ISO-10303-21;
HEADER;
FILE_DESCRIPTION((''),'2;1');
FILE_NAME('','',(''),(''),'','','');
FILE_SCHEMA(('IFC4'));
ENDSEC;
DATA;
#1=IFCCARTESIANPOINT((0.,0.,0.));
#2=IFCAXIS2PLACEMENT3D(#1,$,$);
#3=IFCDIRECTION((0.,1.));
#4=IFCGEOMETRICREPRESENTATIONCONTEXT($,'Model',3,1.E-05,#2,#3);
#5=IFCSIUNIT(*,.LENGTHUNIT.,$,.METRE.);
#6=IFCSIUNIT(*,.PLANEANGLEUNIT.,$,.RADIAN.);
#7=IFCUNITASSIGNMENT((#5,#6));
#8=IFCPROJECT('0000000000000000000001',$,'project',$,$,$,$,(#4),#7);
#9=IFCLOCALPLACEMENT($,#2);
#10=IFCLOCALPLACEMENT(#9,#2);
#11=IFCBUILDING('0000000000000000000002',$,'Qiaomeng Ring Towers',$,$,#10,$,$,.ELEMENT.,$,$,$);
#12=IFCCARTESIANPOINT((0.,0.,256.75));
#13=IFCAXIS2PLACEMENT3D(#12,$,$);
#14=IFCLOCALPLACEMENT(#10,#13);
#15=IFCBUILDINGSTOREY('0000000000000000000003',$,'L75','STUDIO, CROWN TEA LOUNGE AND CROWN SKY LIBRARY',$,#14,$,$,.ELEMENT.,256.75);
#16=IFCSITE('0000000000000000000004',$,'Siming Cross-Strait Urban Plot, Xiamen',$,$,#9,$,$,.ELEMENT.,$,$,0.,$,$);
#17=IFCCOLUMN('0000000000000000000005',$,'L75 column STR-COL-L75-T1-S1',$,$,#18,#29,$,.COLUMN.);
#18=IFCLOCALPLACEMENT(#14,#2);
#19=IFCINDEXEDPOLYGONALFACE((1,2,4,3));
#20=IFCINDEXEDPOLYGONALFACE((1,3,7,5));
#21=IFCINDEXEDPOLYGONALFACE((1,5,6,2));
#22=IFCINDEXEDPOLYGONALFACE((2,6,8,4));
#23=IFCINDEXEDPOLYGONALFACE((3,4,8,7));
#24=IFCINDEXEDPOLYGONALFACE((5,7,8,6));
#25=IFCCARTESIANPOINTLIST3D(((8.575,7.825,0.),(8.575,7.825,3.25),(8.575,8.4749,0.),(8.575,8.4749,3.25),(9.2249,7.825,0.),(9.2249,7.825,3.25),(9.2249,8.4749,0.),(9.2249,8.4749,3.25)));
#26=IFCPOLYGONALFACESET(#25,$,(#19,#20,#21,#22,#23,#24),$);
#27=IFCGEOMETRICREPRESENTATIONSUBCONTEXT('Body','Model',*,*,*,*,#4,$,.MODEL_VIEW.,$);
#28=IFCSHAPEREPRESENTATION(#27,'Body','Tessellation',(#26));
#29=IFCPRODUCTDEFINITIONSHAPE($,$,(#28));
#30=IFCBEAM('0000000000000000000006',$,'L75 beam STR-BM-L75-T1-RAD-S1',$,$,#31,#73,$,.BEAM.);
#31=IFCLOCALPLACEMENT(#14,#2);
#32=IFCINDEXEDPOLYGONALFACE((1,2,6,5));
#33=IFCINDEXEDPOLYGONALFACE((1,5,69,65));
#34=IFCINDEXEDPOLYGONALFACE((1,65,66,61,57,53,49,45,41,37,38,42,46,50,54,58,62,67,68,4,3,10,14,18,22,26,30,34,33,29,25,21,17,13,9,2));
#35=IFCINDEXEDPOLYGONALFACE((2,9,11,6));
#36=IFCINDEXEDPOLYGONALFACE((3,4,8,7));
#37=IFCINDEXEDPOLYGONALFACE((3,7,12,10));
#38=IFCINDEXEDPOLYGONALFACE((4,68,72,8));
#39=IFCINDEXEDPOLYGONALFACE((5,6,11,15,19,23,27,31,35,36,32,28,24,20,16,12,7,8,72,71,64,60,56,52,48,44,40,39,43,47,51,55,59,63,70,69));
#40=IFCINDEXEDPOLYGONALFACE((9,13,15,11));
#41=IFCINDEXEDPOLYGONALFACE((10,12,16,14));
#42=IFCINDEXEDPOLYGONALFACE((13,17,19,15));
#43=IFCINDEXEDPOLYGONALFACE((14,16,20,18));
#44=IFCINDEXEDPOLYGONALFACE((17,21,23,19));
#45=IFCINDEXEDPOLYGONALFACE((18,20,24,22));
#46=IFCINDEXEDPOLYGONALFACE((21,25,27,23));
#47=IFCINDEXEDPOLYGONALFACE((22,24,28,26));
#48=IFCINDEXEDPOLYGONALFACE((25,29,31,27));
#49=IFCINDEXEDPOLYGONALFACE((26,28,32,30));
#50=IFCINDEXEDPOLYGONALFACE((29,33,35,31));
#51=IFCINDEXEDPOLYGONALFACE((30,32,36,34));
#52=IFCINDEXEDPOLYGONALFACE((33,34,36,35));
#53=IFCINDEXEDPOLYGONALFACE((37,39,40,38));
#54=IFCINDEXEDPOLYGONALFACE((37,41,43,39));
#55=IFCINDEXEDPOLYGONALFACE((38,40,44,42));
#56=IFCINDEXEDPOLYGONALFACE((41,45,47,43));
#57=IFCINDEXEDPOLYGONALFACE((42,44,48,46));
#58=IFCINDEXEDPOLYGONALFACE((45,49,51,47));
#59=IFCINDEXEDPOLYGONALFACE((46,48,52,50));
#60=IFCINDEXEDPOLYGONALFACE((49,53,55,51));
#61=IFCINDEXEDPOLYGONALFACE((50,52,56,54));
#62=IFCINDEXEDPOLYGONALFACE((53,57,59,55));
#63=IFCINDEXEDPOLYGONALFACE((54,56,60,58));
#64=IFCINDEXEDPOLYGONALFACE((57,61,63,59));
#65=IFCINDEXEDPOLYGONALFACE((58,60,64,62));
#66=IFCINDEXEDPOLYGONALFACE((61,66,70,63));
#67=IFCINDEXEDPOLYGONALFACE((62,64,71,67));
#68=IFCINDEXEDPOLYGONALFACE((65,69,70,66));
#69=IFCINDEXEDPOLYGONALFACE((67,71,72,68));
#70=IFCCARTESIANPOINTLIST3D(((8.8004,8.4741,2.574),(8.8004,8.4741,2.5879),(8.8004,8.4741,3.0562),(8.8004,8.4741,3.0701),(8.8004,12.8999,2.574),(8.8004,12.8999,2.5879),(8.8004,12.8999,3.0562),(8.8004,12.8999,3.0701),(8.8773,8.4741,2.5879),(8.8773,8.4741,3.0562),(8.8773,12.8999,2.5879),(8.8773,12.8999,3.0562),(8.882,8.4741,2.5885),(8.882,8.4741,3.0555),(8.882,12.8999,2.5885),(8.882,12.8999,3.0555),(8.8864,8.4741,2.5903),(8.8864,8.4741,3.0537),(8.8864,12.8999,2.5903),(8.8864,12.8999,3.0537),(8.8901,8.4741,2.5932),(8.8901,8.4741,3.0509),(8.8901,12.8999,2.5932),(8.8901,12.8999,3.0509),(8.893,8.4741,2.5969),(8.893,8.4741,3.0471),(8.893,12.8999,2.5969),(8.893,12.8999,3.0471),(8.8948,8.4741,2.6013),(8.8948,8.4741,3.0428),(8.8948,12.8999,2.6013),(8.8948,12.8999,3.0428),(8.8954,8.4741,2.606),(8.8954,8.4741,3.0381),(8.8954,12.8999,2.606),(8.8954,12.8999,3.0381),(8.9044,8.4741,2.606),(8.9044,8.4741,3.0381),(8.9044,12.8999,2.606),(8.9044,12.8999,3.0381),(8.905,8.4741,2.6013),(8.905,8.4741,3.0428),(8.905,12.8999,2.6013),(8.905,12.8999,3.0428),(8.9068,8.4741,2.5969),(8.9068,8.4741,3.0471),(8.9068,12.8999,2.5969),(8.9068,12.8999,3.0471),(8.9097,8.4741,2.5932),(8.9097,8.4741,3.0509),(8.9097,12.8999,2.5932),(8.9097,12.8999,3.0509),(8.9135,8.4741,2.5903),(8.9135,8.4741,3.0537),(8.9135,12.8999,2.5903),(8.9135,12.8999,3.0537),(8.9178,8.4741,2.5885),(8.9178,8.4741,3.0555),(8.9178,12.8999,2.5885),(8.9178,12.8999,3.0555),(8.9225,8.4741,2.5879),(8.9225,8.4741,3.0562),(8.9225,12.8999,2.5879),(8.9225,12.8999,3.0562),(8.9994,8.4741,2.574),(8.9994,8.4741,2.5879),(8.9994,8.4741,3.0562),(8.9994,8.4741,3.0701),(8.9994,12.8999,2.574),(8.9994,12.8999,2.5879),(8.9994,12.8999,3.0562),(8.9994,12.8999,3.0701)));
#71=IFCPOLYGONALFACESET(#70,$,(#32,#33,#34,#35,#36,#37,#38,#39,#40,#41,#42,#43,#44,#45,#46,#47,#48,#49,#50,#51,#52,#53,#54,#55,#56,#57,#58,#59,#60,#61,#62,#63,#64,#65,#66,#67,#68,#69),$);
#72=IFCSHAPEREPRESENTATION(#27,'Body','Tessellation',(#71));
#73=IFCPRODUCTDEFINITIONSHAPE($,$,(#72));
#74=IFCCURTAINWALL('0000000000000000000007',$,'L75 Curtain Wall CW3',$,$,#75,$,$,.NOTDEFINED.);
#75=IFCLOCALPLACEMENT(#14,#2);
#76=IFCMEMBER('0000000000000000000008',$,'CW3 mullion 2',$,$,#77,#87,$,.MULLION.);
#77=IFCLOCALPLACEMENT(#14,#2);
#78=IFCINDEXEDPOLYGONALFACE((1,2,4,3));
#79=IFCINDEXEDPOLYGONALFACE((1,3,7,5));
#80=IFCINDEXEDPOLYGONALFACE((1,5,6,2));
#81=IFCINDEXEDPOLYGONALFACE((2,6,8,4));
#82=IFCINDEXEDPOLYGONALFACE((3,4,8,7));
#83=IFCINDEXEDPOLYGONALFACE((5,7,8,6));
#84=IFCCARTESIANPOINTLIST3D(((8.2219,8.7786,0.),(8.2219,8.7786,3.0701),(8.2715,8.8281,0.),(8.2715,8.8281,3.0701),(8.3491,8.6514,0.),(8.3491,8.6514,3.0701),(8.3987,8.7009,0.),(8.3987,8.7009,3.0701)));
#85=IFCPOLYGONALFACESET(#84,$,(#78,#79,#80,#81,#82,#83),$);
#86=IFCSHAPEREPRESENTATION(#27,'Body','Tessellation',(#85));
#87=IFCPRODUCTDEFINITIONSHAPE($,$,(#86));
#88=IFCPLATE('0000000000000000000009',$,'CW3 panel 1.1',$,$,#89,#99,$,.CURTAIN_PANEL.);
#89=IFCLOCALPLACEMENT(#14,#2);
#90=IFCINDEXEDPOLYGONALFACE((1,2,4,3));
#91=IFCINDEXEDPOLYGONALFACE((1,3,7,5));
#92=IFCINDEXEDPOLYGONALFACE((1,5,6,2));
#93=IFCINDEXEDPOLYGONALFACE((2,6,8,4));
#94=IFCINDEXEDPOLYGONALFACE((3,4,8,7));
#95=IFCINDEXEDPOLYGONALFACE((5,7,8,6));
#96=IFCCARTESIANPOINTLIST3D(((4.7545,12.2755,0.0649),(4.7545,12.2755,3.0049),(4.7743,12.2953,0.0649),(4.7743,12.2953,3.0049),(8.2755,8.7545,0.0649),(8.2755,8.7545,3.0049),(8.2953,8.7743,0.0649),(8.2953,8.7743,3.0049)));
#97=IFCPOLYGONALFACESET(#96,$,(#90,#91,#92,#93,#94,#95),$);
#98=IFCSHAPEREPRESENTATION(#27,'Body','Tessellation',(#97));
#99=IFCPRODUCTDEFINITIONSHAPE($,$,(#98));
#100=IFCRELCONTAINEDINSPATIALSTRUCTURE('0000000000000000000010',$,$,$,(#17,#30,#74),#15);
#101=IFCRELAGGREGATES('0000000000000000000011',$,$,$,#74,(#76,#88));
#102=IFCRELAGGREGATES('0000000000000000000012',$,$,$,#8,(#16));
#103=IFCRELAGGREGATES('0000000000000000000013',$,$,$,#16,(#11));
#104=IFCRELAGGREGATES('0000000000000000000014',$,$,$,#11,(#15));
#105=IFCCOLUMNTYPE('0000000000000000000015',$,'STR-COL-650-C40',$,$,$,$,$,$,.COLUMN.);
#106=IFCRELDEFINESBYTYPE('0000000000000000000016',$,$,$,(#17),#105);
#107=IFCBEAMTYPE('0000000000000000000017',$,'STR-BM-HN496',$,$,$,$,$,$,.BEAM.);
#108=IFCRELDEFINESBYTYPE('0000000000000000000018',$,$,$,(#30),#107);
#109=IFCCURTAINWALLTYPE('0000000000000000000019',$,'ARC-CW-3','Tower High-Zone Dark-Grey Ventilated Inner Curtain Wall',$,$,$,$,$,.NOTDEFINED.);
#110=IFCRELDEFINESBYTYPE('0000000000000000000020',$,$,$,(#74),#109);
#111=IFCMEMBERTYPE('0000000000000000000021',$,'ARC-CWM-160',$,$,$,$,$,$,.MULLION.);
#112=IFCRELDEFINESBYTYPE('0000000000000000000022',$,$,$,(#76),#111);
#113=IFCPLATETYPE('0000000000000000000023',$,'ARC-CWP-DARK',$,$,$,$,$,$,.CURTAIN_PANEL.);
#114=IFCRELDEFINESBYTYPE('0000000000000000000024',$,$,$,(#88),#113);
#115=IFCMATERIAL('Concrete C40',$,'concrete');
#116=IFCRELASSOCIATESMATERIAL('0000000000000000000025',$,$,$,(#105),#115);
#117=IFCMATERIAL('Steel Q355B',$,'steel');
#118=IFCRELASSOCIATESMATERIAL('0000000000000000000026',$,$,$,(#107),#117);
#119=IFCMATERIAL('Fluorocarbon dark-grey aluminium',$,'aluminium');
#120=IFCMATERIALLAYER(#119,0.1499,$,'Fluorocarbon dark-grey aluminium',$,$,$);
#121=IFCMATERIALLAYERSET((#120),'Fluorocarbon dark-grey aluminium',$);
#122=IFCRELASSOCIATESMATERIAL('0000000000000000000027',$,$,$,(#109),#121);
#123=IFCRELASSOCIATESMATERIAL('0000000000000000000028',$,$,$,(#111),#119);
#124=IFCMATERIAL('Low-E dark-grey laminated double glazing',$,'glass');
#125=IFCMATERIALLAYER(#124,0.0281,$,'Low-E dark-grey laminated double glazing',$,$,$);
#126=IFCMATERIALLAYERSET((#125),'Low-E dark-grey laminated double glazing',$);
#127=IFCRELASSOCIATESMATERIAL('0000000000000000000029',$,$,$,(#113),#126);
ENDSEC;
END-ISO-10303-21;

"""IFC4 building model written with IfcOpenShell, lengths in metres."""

from ifc_helpers import new_model, si_unit, direction, frame, origin, origin_2d, place, context, subcontext, project, spatial, rectangle, i_section, extrude, source, transform, mapped, material, layer, layer_set, material_profile, profile_set, type_object, element, aggregate, save


model = new_model("IFC4")

# Units and contexts
model_context = context("Model", 3, precision=1e-05, world=origin(), true_north=direction((0.0, 1.0)))
body_context = subcontext(model_context, "Body", "Model", "MODEL_VIEW")
ifc_project = project(units=[si_unit("LENGTHUNIT", "METRE"), si_unit("PLANEANGLEUNIT", "RADIAN")], contexts=[model_context])

# Site, building, storey
site_placement = place(None, origin())
site = spatial("IfcSite", under=ifc_project, at=site_placement, Name="Siming Cross-Strait Urban Plot, Xiamen", CompositionType="ELEMENT", RefElevation=0.0)
building_placement = place(site_placement, origin())
building = spatial("IfcBuilding", under=site, at=building_placement, Name="Qiaomeng Ring Towers", CompositionType="ELEMENT")
storey_placement = place(building_placement, frame((0.0, 0.0, 256.75)))
storey = spatial("IfcBuildingStorey", under=building, at=storey_placement, Name="L75", Description="STUDIO, CROWN TEA LOUNGE AND CROWN SKY LIBRARY", CompositionType="ELEMENT", Elevation=256.75)

# Column
ifc_material_1 = material(Name="Concrete C40", Category="concrete")
ifc_material_profile_1 = material_profile(ifc_material_1, rectangle(XDim=0.6499, YDim=0.6499, at=origin_2d()), Name="RC COL 650x650")
ifc_profile_set_1 = profile_set([ifc_material_profile_1], Name="Concrete C40")
column_type = type_object("IfcColumnType", Name="STR-COL-650-C40", PredefinedType="COLUMN", material=ifc_profile_set_1)
shared_shape_1 = source(origin(), body_context, "Body", "SweptSolid", [
    extrude(rectangle(XDim=0.6499, YDim=0.6499, at=origin_2d()), origin(), (0.0, 0.0, 1.0), 3.25),
])
column_placement = place(storey_placement, frame((8.8999, 8.1499, 0.0), z_axis=(0.0, 0.0, 1.0), x_axis=(1.0, 0.0, 0.0)))
element("IfcColumn", 1, at=column_placement, inside=storey, type_object=column_type, Name="L75 column STR-COL-L75-T1-S1", PredefinedType="COLUMN", context=body_context, shape_type="MappedRepresentation", body=[
    mapped(shared_shape_1, transform((0.0, 0.0, 0.0), x_axis=(1.0, 0.0, 0.0), y_axis=(0.0, 1.0, 0.0), z_axis=(0.0, 0.0, 1.0), scale=1.0)),
])

# Beam
ifc_material_2 = material(Name="Steel Q355B", Category="steel")
ifc_material_profile_2 = material_profile(ifc_material_2, i_section(OverallWidth=0.199, OverallDepth=0.4961, WebThickness=0.009, FlangeThickness=0.0139, FilletRadius=0.0181, at=origin_2d()), Name="HN 496x199x9x14")
ifc_profile_set_2 = profile_set([ifc_material_profile_2], Name="Steel Q355B")
beam_type = type_object("IfcBeamType", Name="STR-BM-HN496", PredefinedType="BEAM", material=ifc_profile_set_2)
shared_shape_2 = source(origin(), body_context, "Body", "SweptSolid", [
    extrude(i_section(OverallWidth=0.199, OverallDepth=0.4961, WebThickness=0.009, FlangeThickness=0.0139, FilletRadius=0.0181, at=origin_2d()), origin(), (0.0, 0.0, 1.0), 4.4258),
])
beam_placement = place(storey_placement, frame((8.8999, 8.4741, 2.822), z_axis=(0.0, 1.0, 0.0), x_axis=(-1.0, 0.0, 0.0)))
element("IfcBeam", 2, at=beam_placement, inside=storey, type_object=beam_type, Name="L75 beam STR-BM-L75-T1-RAD-S1", PredefinedType="BEAM", context=body_context, shape_type="MappedRepresentation", body=[
    mapped(shared_shape_2, transform((0.0, 0.0, 0.0), x_axis=(1.0, 0.0, 0.0), y_axis=(0.0, 1.0, 0.0), z_axis=(0.0, 0.0, 1.0), scale=1.0)),
])

# Curtain wall, member, plate
ifc_material_3 = material(Name="Fluorocarbon dark-grey aluminium", Category="aluminium")
ifc_layer_1 = layer(ifc_material_3, 0.1499, Name="Fluorocarbon dark-grey aluminium")
ifc_layer_set_1 = layer_set([ifc_layer_1], Name="Fluorocarbon dark-grey aluminium")
curtain_wall_type = type_object("IfcCurtainWallType", Name="ARC-CW-3", Description="Tower High-Zone Dark-Grey Ventilated Inner Curtain Wall", PredefinedType="NOTDEFINED", material=ifc_layer_set_1)
curtain_wall_placement = place(storey_placement, origin())
curtain_wall = element("IfcCurtainWall", 3, at=curtain_wall_placement, inside=storey, type_object=curtain_wall_type, Name="L75 Curtain Wall CW3", PredefinedType="NOTDEFINED")
ifc_material_profile_3 = material_profile(ifc_material_3, rectangle(XDim=0.0701, YDim=0.1799, at=origin_2d()), Name="ALU MULL 70x180")
ifc_profile_set_3 = profile_set([ifc_material_profile_3], Name="Fluorocarbon dark-grey aluminium")
member_type = type_object("IfcMemberType", Name="ARC-CWM-160", PredefinedType="MULLION", material=ifc_profile_set_3)
shared_shape_3 = source(origin(), body_context, "Body", "SweptSolid", [
    extrude(rectangle(XDim=0.0701, YDim=0.1799, at=origin_2d()), origin(), (0.0, 0.0, 1.0), 3.0701),
])
member_placement = place(storey_placement, frame((8.3103, 8.7397, 0.0), z_axis=(0.0, 0.0, 1.0), x_axis=(0.707107, 0.707107, 0.0)))
member = element("IfcMember", 4, at=member_placement, type_object=member_type, Name="CW3 mullion 2", PredefinedType="MULLION", context=body_context, shape_type="MappedRepresentation", body=[
    mapped(shared_shape_3, transform((0.0, 0.0, 0.0), x_axis=(1.0, 0.0, 0.0), y_axis=(0.0, 1.0, 0.0), z_axis=(0.0, 0.0, 1.0), scale=1.0)),
])
ifc_material_4 = material(Name="Low-E dark-grey laminated double glazing", Category="glass")
ifc_layer_2 = layer(ifc_material_4, 0.0281, Name="Low-E dark-grey laminated double glazing")
ifc_layer_set_2 = layer_set([ifc_layer_2], Name="Low-E dark-grey laminated double glazing")
plate_type = type_object("IfcPlateType", Name="ARC-CWP-DARK", PredefinedType="CURTAIN_PANEL", material=ifc_layer_set_2)
shared_shape_4 = source(origin(), body_context, "Body", "SweptSolid", [
    extrude(rectangle(XDim=4.9795, YDim=0.0281, at=origin_2d()), origin(), (0.0, 0.0, 1.0), 2.9399),
])
plate_placement = place(storey_placement, frame((6.5249, 10.5249, 0.0649), z_axis=(0.0, 0.0, 1.0), x_axis=(0.707107, -0.707107, 0.0)))
plate = element("IfcPlate", 5, at=plate_placement, type_object=plate_type, Name="CW3 panel 1.1", PredefinedType="CURTAIN_PANEL", context=body_context, shape_type="MappedRepresentation", body=[
    mapped(shared_shape_4, transform((0.0, 0.0, 0.0), x_axis=(1.0, 0.0, 0.0), y_axis=(0.0, 1.0, 0.0), z_axis=(0.0, 0.0, 1.0), scale=1.0)),
])
aggregate(curtain_wall, [member, plate])

save(model, "model.ifc")
